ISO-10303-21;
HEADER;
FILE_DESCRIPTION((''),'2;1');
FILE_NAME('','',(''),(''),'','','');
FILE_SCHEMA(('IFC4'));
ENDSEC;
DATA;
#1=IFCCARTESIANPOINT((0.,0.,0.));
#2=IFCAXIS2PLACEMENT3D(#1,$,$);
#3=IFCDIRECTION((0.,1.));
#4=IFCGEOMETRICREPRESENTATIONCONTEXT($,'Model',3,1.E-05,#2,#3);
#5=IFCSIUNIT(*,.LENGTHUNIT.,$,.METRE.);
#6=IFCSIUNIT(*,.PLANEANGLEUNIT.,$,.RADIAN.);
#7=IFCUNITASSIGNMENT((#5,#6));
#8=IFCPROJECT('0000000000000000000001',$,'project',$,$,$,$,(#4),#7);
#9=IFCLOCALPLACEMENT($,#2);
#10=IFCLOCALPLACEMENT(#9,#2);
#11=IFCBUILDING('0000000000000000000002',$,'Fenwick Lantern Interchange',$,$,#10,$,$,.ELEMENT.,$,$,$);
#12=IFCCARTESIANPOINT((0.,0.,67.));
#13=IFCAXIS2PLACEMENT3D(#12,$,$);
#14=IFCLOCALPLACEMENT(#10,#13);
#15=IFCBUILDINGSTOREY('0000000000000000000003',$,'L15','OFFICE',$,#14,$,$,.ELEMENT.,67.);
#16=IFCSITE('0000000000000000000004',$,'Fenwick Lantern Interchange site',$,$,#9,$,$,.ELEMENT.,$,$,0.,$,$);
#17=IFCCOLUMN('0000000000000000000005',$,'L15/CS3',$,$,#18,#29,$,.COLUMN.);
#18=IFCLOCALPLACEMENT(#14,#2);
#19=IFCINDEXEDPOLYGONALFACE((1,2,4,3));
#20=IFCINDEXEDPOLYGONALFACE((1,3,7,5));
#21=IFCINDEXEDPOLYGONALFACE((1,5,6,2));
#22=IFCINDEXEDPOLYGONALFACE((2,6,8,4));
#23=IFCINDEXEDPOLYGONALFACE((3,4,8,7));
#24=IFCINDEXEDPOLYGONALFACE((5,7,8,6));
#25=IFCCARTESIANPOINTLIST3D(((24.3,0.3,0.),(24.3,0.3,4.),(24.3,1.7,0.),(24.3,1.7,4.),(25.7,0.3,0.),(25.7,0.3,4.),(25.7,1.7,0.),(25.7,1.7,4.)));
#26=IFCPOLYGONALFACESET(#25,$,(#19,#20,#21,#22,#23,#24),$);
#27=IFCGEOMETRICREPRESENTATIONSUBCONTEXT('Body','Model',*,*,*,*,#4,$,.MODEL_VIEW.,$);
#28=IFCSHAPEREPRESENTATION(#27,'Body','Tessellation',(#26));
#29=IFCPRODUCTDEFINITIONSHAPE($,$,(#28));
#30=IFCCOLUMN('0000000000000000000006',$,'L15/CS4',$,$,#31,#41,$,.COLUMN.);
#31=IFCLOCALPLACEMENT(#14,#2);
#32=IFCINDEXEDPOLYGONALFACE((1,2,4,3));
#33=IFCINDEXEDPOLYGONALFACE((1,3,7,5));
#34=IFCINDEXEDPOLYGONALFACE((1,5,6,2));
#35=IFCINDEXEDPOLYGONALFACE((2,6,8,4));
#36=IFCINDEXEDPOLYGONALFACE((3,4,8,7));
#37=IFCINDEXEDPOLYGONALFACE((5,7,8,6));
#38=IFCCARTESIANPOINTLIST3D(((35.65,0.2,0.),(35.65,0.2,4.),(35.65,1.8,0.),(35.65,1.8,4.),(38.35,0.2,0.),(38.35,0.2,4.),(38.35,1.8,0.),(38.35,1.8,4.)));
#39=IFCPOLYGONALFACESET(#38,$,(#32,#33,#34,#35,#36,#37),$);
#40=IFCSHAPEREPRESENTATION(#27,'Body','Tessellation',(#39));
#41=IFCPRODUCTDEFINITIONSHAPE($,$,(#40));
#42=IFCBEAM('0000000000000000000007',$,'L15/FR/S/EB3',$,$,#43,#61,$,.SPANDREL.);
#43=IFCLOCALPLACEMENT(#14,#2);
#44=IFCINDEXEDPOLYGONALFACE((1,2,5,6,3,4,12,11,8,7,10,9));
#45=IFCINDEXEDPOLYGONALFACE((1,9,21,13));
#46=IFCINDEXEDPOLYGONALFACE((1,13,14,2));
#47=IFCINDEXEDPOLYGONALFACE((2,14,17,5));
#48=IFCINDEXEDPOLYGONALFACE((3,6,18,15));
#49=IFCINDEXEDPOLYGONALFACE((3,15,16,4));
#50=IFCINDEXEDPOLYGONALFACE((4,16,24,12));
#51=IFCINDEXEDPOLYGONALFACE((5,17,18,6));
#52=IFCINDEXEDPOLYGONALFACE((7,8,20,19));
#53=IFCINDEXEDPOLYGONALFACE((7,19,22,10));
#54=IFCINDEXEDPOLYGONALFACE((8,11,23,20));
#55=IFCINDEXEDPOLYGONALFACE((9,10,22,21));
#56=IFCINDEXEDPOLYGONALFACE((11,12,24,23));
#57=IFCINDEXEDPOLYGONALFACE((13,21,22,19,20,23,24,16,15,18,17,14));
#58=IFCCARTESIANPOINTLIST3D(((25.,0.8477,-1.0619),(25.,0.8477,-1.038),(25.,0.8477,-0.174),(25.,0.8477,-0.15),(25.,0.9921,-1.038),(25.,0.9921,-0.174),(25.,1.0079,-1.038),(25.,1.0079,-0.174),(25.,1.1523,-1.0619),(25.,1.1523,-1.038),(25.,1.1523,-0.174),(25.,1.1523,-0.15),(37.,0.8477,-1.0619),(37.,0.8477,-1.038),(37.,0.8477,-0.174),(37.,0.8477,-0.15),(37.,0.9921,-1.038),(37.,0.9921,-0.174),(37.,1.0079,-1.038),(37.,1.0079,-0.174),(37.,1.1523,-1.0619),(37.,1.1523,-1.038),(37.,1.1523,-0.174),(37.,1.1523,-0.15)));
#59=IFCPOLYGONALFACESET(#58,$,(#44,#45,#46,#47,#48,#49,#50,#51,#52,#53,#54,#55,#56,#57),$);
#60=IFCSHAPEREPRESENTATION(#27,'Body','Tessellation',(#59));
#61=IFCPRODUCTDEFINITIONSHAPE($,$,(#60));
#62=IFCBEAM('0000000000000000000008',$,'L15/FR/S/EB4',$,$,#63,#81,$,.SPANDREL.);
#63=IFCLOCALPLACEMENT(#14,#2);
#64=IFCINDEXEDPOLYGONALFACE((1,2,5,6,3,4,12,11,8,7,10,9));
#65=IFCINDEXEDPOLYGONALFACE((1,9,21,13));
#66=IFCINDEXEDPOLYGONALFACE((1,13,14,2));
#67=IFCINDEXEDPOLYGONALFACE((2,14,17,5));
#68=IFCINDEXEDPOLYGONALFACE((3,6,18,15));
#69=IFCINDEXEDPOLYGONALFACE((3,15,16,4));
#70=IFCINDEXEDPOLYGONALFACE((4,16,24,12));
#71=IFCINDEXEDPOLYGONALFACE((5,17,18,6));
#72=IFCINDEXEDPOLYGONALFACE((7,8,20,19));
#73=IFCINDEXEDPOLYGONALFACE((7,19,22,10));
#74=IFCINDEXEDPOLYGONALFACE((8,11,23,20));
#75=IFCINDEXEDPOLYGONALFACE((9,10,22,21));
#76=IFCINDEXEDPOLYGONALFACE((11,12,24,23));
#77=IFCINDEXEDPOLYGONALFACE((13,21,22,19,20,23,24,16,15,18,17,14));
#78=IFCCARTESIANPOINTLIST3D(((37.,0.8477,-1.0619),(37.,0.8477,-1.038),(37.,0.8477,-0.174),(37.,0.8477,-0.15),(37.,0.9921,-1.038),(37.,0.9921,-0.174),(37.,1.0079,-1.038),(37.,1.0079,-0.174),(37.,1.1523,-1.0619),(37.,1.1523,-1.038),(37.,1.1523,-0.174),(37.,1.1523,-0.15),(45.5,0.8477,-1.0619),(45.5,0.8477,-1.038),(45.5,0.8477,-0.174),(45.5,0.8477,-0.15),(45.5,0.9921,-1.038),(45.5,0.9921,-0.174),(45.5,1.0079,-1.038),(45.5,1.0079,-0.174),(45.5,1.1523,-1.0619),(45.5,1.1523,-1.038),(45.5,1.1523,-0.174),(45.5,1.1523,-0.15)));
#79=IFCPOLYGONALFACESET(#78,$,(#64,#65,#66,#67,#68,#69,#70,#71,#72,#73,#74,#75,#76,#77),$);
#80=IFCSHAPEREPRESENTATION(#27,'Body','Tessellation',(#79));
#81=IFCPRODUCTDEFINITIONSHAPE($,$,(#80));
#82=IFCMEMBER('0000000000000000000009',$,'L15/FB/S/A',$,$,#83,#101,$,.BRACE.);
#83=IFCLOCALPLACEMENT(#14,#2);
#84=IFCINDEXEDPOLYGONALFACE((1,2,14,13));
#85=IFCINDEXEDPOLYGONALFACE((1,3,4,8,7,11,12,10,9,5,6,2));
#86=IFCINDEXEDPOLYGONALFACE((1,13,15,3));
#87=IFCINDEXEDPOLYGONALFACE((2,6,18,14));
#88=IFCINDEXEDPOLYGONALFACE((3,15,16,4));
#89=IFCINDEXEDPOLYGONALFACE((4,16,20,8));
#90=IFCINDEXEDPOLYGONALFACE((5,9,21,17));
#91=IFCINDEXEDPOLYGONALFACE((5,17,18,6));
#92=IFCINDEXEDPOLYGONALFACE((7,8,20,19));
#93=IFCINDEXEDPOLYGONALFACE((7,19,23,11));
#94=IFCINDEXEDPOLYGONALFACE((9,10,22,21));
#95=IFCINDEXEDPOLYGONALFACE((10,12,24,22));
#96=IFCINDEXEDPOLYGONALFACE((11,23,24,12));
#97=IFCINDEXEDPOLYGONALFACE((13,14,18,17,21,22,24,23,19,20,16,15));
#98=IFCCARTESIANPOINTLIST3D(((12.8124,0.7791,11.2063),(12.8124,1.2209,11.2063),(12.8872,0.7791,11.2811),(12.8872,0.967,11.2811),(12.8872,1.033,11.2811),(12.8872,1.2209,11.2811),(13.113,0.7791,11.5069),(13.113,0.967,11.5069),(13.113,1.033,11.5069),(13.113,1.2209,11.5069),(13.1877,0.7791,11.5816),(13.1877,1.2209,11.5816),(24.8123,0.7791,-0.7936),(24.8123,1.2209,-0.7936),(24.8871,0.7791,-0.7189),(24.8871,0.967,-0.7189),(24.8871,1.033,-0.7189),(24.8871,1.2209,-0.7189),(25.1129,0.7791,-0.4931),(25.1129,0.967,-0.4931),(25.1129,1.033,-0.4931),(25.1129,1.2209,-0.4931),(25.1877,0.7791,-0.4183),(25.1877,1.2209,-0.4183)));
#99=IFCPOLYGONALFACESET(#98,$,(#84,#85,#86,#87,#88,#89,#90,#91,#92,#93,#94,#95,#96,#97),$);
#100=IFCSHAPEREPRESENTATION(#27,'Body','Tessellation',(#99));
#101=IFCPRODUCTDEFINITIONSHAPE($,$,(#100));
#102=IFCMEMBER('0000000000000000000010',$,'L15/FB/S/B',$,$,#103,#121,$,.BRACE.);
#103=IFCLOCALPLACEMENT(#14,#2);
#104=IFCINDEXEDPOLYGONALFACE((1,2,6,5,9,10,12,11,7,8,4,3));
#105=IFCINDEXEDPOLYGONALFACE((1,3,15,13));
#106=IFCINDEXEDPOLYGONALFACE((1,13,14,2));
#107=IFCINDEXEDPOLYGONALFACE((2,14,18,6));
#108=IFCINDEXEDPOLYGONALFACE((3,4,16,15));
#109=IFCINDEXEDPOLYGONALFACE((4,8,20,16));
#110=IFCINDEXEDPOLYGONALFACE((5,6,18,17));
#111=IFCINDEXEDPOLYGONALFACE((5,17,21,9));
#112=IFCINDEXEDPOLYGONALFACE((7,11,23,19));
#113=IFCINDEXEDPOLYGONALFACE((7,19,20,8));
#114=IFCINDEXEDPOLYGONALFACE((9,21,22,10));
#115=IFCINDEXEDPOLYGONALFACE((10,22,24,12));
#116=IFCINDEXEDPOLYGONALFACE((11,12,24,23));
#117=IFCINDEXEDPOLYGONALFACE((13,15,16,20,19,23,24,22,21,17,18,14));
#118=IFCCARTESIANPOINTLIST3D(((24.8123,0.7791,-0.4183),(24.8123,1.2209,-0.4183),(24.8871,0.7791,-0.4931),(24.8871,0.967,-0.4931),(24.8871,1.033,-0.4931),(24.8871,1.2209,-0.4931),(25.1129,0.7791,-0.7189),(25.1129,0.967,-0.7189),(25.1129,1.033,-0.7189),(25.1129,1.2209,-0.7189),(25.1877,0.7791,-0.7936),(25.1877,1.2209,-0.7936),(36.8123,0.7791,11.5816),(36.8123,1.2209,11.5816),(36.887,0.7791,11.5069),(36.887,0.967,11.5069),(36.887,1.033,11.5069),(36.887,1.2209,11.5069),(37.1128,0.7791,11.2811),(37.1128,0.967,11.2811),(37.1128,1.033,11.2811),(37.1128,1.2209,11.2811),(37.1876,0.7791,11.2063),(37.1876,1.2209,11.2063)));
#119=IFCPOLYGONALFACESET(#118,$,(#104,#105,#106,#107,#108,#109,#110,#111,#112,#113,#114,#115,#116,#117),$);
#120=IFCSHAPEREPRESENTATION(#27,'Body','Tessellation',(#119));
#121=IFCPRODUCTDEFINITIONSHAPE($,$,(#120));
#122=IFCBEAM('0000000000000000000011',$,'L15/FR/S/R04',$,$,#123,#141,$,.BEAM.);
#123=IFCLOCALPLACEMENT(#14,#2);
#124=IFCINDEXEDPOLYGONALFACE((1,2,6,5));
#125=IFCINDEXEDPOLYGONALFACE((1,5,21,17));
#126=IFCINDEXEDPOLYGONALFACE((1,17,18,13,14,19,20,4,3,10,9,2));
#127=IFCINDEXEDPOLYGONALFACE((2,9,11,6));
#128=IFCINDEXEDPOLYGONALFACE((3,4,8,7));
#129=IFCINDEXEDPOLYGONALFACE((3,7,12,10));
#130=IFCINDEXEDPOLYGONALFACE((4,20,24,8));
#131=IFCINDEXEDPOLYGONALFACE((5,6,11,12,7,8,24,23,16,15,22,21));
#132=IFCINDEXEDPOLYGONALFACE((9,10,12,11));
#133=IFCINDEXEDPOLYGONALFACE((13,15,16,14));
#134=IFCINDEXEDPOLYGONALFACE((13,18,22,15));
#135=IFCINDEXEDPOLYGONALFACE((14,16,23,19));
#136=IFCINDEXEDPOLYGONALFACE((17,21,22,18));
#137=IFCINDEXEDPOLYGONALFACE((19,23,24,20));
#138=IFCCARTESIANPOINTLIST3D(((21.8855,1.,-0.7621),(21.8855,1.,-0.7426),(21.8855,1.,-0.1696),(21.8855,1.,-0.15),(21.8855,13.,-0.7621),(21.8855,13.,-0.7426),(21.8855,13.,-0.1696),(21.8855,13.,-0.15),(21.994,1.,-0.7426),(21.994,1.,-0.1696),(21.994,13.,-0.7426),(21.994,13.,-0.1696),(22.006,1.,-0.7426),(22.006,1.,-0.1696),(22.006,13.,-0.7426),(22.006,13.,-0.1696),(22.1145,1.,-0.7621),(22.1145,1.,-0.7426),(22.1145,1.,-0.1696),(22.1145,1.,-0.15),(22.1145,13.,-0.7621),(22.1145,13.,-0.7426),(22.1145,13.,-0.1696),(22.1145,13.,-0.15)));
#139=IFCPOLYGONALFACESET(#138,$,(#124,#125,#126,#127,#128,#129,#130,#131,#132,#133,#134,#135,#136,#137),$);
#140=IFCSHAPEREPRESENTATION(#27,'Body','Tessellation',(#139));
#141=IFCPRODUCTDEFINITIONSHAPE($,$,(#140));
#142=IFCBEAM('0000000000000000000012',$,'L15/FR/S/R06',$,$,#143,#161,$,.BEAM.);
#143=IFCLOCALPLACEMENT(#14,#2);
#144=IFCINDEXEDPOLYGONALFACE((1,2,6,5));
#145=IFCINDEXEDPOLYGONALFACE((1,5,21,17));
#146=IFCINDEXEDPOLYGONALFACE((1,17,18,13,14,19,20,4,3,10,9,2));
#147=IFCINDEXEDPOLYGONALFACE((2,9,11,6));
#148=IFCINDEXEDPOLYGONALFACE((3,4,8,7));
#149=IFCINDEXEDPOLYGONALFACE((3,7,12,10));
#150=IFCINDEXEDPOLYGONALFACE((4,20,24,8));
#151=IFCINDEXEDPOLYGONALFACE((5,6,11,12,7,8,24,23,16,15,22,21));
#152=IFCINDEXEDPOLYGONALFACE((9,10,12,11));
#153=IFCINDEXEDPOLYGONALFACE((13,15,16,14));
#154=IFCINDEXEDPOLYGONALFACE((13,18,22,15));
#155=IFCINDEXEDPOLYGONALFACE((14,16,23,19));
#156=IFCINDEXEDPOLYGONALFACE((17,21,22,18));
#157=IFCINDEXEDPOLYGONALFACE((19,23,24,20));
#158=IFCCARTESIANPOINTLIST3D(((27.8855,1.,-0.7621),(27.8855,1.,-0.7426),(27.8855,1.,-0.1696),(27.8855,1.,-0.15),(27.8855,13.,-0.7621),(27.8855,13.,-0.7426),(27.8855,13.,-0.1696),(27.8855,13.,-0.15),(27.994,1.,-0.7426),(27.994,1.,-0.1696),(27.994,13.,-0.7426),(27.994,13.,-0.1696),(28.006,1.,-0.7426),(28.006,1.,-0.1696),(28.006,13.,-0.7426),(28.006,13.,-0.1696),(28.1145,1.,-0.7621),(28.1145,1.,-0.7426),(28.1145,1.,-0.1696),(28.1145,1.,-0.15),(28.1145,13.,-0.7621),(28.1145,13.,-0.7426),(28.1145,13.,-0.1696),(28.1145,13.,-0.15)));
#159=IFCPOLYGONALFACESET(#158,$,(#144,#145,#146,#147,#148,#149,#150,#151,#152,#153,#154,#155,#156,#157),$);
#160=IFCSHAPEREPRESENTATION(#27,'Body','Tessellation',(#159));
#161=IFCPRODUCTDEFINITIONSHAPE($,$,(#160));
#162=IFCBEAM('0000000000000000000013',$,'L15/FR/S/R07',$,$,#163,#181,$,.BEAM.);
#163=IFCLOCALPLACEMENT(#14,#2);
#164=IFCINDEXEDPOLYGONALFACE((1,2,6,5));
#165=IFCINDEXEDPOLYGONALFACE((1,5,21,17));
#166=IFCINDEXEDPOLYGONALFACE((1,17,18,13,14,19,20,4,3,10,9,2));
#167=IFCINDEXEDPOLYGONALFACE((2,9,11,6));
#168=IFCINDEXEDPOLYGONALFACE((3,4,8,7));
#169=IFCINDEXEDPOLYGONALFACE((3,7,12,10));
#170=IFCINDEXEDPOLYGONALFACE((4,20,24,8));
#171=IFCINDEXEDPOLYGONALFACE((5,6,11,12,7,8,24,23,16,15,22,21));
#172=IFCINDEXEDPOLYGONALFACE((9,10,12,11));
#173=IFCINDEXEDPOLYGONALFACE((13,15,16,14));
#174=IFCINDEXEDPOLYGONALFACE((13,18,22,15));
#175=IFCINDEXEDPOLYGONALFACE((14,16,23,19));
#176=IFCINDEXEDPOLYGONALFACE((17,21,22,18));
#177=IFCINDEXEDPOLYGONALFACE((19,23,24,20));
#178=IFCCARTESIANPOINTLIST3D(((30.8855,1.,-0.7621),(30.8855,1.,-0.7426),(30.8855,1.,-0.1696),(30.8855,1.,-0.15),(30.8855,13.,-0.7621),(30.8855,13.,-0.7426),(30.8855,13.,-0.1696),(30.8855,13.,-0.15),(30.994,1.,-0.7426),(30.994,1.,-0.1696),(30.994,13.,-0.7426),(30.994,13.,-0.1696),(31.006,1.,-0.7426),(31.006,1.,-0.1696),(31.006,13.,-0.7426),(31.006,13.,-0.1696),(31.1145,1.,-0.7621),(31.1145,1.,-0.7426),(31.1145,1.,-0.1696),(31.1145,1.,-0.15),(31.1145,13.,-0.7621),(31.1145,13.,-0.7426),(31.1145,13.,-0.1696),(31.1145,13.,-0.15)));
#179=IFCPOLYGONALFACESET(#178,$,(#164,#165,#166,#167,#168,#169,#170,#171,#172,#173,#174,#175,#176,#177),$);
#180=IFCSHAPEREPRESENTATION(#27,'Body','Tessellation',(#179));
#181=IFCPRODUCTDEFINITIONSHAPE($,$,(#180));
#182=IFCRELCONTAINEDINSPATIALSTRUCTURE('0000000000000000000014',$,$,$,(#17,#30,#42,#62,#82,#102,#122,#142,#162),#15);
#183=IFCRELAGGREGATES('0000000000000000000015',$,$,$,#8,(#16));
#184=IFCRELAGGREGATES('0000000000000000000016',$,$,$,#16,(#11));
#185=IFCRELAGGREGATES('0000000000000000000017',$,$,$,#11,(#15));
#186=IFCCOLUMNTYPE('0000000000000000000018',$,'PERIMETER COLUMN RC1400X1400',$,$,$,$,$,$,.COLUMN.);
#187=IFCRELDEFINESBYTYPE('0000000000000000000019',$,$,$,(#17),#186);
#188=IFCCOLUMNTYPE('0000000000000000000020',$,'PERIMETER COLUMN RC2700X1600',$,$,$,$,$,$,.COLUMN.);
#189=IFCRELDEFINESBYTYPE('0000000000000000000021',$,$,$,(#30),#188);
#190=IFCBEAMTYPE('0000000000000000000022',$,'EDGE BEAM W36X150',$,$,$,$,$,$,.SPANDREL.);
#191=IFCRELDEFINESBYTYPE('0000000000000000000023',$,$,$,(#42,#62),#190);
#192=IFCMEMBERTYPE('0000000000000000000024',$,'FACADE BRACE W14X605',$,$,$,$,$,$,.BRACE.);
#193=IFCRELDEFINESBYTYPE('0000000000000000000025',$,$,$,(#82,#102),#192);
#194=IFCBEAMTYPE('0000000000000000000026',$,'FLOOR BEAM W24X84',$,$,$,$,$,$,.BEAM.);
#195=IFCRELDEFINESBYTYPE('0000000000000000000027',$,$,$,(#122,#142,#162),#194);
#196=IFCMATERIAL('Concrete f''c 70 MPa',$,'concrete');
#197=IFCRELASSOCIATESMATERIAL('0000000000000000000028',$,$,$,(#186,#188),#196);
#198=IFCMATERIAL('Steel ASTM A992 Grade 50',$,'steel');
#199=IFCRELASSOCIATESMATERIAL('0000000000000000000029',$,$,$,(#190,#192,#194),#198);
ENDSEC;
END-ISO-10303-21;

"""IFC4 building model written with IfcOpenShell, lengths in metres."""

from ifc_helpers import new_model, si_unit, direction, frame, origin, origin_2d, place, context, subcontext, project, spatial, rectangle, i_section, extrude, material, material_profile, profile_set, type_object, element, save


model = new_model("IFC4")

# Units and contexts
model_context = context("Model", 3, precision=1e-05, world=origin(), true_north=direction((0.0, 1.0)))
body_context = subcontext(model_context, "Body", "Model", "MODEL_VIEW")
ifc_project = project(units=[si_unit("LENGTHUNIT", "METRE"), si_unit("PLANEANGLEUNIT", "RADIAN")], contexts=[model_context])

# Site, building, storey
site_placement = place(None, origin())
site = spatial("IfcSite", under=ifc_project, at=site_placement, Name="Fenwick Lantern Interchange site", CompositionType="ELEMENT", RefElevation=0.0)
building_placement = place(site_placement, origin())
building = spatial("IfcBuilding", under=site, at=building_placement, Name="Fenwick Lantern Interchange", CompositionType="ELEMENT")
storey_placement = place(building_placement, frame((0.0, 0.0, 67.0)))
storey = spatial("IfcBuildingStorey", under=building, at=storey_placement, Name="L15", Description="OFFICE", CompositionType="ELEMENT", Elevation=67.0)

# Columns
ifc_material_1 = material(Name="Concrete f'c 70 MPa", Category="concrete")
ifc_material_profile_1 = material_profile(ifc_material_1, rectangle(XDim=1.3999, YDim=1.3999, at=origin_2d()), Name="RC1400X1400")
ifc_profile_set_1 = profile_set([ifc_material_profile_1], Name="Concrete f'c 70 MPa")
column_type_1 = type_object("IfcColumnType", Name="PERIMETER COLUMN RC1400X1400", PredefinedType="COLUMN", material=ifc_profile_set_1)
column_1_placement = place(storey_placement, frame((25.0, 1.0, 0.0), z_axis=(0.0, 0.0, 1.0), x_axis=(1.0, 0.0, 0.0)))
element("IfcColumn", 1, at=column_1_placement, inside=storey, type_object=column_type_1, Name="L15/CS3", PredefinedType="COLUMN", context=body_context, shape_type="SweptSolid", body=[
    extrude(rectangle(XDim=1.3999, YDim=1.3999, at=origin_2d()), origin(), (0.0, 0.0, 1.0), 4.0),
])
ifc_material_profile_2 = material_profile(ifc_material_1, rectangle(XDim=2.7, YDim=1.6001, at=origin_2d()), Name="RC2700X1600")
ifc_profile_set_2 = profile_set([ifc_material_profile_2], Name="Concrete f'c 70 MPa")
column_type_2 = type_object("IfcColumnType", Name="PERIMETER COLUMN RC2700X1600", PredefinedType="COLUMN", material=ifc_profile_set_2)
column_2_placement = place(storey_placement, frame((37.0, 1.0, 0.0), z_axis=(0.0, 0.0, 1.0), x_axis=(1.0, 0.0, 0.0)))
element("IfcColumn", 2, at=column_2_placement, inside=storey, type_object=column_type_2, Name="L15/CS4", PredefinedType="COLUMN", context=body_context, shape_type="SweptSolid", body=[
    extrude(rectangle(XDim=2.7, YDim=1.6001, at=origin_2d()), origin(), (0.0, 0.0, 1.0), 4.0),
])

# Beams
ifc_material_2 = material(Name="Steel ASTM A992 Grade 50", Category="steel")
ifc_material_profile_3 = material_profile(ifc_material_2, i_section(OverallWidth=0.3047, OverallDepth=0.9119, WebThickness=0.0159, FlangeThickness=0.0239, at=origin_2d()), Name="W36X150")
ifc_profile_set_3 = profile_set([ifc_material_profile_3], Name="Steel ASTM A992 Grade 50")
beam_type_1 = type_object("IfcBeamType", Name="EDGE BEAM W36X150", PredefinedType="SPANDREL", material=ifc_profile_set_3)
beam_1_placement = place(storey_placement, frame((25.0, 1.0, -0.606), z_axis=(1.0, 0.0, 0.0), x_axis=(0.0, 1.0, 0.0)))
element("IfcBeam", 3, at=beam_1_placement, inside=storey, type_object=beam_type_1, Name="L15/FR/S/EB3", PredefinedType="SPANDREL", context=body_context, shape_type="SweptSolid", body=[
    extrude(i_section(OverallWidth=0.3047, OverallDepth=0.9119, WebThickness=0.0159, FlangeThickness=0.0239, at=origin_2d()), origin(), (0.0, 0.0, 1.0), 12.0),
])
beam_2_placement = place(storey_placement, frame((37.0, 1.0, -0.606), z_axis=(1.0, 0.0, 0.0), x_axis=(0.0, 1.0, 0.0)))
element("IfcBeam", 4, at=beam_2_placement, inside=storey, type_object=beam_type_1, Name="L15/FR/S/EB4", PredefinedType="SPANDREL", context=body_context, shape_type="SweptSolid", body=[
    extrude(i_section(OverallWidth=0.3047, OverallDepth=0.9119, WebThickness=0.0159, FlangeThickness=0.0239, at=origin_2d()), origin(), (0.0, 0.0, 1.0), 8.5),
])

# Members
ifc_material_profile_4 = material_profile(ifc_material_2, i_section(OverallWidth=0.4419, OverallDepth=0.5308, WebThickness=0.0659, FlangeThickness=0.1057, at=origin_2d()), Name="W14X605")
ifc_profile_set_4 = profile_set([ifc_material_profile_4], Name="Steel ASTM A992 Grade 50")
member_type_1 = type_object("IfcMemberType", Name="FACADE BRACE W14X605", PredefinedType="BRACE", material=ifc_profile_set_4)
for number, where, z_axis, x_axis, name in (
    (5, (25.0, 1.0, -0.606), (-0.707107, 0.0, 0.707107), (0.0, -1.0, 0.0), "L15/FB/S/A"),
    (6, (25.0, 1.0, -0.606), (0.707107, 0.0, 0.707107), (0.0, 1.0, 0.0), "L15/FB/S/B"),
):
    element("IfcMember", number, at=place(storey_placement, frame(where, z_axis=z_axis, x_axis=x_axis)), inside=storey, type_object=member_type_1, Name=name, PredefinedType="BRACE", context=body_context, shape_type="SweptSolid", body=[
        extrude(i_section(OverallWidth=0.4419, OverallDepth=0.5308, WebThickness=0.0659, FlangeThickness=0.1057, at=origin_2d()), origin(), (0.0, 0.0, 1.0), 16.9705),
    ])

# Beams
ifc_material_profile_5 = material_profile(ifc_material_2, i_section(OverallWidth=0.229, OverallDepth=0.6121, WebThickness=0.012, FlangeThickness=0.0195, at=origin_2d()), Name="W24X84")
ifc_profile_set_5 = profile_set([ifc_material_profile_5], Name="Steel ASTM A992 Grade 50")
beam_type_2 = type_object("IfcBeamType", Name="FLOOR BEAM W24X84", PredefinedType="BEAM", material=ifc_profile_set_5)
for number, where, z_axis, x_axis, name in (
    (7, (22.0, 1.0, -0.4561), (0.0, 1.0, 0.0), (-1.0, 0.0, 0.0), "L15/FR/S/R04"),
    (8, (28.0, 1.0, -0.4561), (0.0, 1.0, 0.0), (-1.0, 0.0, 0.0), "L15/FR/S/R06"),
    (9, (31.0, 1.0, -0.4561), (0.0, 1.0, 0.0), (-1.0, 0.0, 0.0), "L15/FR/S/R07"),
):
    element("IfcBeam", number, at=place(storey_placement, frame(where, z_axis=z_axis, x_axis=x_axis)), inside=storey, type_object=beam_type_2, Name=name, PredefinedType="BEAM", context=body_context, shape_type="SweptSolid", body=[
        extrude(i_section(OverallWidth=0.229, OverallDepth=0.6121, WebThickness=0.012, FlangeThickness=0.0195, at=origin_2d()), origin(), (0.0, 0.0, 1.0), 12.0),
    ])

save(model, "model.ifc")
